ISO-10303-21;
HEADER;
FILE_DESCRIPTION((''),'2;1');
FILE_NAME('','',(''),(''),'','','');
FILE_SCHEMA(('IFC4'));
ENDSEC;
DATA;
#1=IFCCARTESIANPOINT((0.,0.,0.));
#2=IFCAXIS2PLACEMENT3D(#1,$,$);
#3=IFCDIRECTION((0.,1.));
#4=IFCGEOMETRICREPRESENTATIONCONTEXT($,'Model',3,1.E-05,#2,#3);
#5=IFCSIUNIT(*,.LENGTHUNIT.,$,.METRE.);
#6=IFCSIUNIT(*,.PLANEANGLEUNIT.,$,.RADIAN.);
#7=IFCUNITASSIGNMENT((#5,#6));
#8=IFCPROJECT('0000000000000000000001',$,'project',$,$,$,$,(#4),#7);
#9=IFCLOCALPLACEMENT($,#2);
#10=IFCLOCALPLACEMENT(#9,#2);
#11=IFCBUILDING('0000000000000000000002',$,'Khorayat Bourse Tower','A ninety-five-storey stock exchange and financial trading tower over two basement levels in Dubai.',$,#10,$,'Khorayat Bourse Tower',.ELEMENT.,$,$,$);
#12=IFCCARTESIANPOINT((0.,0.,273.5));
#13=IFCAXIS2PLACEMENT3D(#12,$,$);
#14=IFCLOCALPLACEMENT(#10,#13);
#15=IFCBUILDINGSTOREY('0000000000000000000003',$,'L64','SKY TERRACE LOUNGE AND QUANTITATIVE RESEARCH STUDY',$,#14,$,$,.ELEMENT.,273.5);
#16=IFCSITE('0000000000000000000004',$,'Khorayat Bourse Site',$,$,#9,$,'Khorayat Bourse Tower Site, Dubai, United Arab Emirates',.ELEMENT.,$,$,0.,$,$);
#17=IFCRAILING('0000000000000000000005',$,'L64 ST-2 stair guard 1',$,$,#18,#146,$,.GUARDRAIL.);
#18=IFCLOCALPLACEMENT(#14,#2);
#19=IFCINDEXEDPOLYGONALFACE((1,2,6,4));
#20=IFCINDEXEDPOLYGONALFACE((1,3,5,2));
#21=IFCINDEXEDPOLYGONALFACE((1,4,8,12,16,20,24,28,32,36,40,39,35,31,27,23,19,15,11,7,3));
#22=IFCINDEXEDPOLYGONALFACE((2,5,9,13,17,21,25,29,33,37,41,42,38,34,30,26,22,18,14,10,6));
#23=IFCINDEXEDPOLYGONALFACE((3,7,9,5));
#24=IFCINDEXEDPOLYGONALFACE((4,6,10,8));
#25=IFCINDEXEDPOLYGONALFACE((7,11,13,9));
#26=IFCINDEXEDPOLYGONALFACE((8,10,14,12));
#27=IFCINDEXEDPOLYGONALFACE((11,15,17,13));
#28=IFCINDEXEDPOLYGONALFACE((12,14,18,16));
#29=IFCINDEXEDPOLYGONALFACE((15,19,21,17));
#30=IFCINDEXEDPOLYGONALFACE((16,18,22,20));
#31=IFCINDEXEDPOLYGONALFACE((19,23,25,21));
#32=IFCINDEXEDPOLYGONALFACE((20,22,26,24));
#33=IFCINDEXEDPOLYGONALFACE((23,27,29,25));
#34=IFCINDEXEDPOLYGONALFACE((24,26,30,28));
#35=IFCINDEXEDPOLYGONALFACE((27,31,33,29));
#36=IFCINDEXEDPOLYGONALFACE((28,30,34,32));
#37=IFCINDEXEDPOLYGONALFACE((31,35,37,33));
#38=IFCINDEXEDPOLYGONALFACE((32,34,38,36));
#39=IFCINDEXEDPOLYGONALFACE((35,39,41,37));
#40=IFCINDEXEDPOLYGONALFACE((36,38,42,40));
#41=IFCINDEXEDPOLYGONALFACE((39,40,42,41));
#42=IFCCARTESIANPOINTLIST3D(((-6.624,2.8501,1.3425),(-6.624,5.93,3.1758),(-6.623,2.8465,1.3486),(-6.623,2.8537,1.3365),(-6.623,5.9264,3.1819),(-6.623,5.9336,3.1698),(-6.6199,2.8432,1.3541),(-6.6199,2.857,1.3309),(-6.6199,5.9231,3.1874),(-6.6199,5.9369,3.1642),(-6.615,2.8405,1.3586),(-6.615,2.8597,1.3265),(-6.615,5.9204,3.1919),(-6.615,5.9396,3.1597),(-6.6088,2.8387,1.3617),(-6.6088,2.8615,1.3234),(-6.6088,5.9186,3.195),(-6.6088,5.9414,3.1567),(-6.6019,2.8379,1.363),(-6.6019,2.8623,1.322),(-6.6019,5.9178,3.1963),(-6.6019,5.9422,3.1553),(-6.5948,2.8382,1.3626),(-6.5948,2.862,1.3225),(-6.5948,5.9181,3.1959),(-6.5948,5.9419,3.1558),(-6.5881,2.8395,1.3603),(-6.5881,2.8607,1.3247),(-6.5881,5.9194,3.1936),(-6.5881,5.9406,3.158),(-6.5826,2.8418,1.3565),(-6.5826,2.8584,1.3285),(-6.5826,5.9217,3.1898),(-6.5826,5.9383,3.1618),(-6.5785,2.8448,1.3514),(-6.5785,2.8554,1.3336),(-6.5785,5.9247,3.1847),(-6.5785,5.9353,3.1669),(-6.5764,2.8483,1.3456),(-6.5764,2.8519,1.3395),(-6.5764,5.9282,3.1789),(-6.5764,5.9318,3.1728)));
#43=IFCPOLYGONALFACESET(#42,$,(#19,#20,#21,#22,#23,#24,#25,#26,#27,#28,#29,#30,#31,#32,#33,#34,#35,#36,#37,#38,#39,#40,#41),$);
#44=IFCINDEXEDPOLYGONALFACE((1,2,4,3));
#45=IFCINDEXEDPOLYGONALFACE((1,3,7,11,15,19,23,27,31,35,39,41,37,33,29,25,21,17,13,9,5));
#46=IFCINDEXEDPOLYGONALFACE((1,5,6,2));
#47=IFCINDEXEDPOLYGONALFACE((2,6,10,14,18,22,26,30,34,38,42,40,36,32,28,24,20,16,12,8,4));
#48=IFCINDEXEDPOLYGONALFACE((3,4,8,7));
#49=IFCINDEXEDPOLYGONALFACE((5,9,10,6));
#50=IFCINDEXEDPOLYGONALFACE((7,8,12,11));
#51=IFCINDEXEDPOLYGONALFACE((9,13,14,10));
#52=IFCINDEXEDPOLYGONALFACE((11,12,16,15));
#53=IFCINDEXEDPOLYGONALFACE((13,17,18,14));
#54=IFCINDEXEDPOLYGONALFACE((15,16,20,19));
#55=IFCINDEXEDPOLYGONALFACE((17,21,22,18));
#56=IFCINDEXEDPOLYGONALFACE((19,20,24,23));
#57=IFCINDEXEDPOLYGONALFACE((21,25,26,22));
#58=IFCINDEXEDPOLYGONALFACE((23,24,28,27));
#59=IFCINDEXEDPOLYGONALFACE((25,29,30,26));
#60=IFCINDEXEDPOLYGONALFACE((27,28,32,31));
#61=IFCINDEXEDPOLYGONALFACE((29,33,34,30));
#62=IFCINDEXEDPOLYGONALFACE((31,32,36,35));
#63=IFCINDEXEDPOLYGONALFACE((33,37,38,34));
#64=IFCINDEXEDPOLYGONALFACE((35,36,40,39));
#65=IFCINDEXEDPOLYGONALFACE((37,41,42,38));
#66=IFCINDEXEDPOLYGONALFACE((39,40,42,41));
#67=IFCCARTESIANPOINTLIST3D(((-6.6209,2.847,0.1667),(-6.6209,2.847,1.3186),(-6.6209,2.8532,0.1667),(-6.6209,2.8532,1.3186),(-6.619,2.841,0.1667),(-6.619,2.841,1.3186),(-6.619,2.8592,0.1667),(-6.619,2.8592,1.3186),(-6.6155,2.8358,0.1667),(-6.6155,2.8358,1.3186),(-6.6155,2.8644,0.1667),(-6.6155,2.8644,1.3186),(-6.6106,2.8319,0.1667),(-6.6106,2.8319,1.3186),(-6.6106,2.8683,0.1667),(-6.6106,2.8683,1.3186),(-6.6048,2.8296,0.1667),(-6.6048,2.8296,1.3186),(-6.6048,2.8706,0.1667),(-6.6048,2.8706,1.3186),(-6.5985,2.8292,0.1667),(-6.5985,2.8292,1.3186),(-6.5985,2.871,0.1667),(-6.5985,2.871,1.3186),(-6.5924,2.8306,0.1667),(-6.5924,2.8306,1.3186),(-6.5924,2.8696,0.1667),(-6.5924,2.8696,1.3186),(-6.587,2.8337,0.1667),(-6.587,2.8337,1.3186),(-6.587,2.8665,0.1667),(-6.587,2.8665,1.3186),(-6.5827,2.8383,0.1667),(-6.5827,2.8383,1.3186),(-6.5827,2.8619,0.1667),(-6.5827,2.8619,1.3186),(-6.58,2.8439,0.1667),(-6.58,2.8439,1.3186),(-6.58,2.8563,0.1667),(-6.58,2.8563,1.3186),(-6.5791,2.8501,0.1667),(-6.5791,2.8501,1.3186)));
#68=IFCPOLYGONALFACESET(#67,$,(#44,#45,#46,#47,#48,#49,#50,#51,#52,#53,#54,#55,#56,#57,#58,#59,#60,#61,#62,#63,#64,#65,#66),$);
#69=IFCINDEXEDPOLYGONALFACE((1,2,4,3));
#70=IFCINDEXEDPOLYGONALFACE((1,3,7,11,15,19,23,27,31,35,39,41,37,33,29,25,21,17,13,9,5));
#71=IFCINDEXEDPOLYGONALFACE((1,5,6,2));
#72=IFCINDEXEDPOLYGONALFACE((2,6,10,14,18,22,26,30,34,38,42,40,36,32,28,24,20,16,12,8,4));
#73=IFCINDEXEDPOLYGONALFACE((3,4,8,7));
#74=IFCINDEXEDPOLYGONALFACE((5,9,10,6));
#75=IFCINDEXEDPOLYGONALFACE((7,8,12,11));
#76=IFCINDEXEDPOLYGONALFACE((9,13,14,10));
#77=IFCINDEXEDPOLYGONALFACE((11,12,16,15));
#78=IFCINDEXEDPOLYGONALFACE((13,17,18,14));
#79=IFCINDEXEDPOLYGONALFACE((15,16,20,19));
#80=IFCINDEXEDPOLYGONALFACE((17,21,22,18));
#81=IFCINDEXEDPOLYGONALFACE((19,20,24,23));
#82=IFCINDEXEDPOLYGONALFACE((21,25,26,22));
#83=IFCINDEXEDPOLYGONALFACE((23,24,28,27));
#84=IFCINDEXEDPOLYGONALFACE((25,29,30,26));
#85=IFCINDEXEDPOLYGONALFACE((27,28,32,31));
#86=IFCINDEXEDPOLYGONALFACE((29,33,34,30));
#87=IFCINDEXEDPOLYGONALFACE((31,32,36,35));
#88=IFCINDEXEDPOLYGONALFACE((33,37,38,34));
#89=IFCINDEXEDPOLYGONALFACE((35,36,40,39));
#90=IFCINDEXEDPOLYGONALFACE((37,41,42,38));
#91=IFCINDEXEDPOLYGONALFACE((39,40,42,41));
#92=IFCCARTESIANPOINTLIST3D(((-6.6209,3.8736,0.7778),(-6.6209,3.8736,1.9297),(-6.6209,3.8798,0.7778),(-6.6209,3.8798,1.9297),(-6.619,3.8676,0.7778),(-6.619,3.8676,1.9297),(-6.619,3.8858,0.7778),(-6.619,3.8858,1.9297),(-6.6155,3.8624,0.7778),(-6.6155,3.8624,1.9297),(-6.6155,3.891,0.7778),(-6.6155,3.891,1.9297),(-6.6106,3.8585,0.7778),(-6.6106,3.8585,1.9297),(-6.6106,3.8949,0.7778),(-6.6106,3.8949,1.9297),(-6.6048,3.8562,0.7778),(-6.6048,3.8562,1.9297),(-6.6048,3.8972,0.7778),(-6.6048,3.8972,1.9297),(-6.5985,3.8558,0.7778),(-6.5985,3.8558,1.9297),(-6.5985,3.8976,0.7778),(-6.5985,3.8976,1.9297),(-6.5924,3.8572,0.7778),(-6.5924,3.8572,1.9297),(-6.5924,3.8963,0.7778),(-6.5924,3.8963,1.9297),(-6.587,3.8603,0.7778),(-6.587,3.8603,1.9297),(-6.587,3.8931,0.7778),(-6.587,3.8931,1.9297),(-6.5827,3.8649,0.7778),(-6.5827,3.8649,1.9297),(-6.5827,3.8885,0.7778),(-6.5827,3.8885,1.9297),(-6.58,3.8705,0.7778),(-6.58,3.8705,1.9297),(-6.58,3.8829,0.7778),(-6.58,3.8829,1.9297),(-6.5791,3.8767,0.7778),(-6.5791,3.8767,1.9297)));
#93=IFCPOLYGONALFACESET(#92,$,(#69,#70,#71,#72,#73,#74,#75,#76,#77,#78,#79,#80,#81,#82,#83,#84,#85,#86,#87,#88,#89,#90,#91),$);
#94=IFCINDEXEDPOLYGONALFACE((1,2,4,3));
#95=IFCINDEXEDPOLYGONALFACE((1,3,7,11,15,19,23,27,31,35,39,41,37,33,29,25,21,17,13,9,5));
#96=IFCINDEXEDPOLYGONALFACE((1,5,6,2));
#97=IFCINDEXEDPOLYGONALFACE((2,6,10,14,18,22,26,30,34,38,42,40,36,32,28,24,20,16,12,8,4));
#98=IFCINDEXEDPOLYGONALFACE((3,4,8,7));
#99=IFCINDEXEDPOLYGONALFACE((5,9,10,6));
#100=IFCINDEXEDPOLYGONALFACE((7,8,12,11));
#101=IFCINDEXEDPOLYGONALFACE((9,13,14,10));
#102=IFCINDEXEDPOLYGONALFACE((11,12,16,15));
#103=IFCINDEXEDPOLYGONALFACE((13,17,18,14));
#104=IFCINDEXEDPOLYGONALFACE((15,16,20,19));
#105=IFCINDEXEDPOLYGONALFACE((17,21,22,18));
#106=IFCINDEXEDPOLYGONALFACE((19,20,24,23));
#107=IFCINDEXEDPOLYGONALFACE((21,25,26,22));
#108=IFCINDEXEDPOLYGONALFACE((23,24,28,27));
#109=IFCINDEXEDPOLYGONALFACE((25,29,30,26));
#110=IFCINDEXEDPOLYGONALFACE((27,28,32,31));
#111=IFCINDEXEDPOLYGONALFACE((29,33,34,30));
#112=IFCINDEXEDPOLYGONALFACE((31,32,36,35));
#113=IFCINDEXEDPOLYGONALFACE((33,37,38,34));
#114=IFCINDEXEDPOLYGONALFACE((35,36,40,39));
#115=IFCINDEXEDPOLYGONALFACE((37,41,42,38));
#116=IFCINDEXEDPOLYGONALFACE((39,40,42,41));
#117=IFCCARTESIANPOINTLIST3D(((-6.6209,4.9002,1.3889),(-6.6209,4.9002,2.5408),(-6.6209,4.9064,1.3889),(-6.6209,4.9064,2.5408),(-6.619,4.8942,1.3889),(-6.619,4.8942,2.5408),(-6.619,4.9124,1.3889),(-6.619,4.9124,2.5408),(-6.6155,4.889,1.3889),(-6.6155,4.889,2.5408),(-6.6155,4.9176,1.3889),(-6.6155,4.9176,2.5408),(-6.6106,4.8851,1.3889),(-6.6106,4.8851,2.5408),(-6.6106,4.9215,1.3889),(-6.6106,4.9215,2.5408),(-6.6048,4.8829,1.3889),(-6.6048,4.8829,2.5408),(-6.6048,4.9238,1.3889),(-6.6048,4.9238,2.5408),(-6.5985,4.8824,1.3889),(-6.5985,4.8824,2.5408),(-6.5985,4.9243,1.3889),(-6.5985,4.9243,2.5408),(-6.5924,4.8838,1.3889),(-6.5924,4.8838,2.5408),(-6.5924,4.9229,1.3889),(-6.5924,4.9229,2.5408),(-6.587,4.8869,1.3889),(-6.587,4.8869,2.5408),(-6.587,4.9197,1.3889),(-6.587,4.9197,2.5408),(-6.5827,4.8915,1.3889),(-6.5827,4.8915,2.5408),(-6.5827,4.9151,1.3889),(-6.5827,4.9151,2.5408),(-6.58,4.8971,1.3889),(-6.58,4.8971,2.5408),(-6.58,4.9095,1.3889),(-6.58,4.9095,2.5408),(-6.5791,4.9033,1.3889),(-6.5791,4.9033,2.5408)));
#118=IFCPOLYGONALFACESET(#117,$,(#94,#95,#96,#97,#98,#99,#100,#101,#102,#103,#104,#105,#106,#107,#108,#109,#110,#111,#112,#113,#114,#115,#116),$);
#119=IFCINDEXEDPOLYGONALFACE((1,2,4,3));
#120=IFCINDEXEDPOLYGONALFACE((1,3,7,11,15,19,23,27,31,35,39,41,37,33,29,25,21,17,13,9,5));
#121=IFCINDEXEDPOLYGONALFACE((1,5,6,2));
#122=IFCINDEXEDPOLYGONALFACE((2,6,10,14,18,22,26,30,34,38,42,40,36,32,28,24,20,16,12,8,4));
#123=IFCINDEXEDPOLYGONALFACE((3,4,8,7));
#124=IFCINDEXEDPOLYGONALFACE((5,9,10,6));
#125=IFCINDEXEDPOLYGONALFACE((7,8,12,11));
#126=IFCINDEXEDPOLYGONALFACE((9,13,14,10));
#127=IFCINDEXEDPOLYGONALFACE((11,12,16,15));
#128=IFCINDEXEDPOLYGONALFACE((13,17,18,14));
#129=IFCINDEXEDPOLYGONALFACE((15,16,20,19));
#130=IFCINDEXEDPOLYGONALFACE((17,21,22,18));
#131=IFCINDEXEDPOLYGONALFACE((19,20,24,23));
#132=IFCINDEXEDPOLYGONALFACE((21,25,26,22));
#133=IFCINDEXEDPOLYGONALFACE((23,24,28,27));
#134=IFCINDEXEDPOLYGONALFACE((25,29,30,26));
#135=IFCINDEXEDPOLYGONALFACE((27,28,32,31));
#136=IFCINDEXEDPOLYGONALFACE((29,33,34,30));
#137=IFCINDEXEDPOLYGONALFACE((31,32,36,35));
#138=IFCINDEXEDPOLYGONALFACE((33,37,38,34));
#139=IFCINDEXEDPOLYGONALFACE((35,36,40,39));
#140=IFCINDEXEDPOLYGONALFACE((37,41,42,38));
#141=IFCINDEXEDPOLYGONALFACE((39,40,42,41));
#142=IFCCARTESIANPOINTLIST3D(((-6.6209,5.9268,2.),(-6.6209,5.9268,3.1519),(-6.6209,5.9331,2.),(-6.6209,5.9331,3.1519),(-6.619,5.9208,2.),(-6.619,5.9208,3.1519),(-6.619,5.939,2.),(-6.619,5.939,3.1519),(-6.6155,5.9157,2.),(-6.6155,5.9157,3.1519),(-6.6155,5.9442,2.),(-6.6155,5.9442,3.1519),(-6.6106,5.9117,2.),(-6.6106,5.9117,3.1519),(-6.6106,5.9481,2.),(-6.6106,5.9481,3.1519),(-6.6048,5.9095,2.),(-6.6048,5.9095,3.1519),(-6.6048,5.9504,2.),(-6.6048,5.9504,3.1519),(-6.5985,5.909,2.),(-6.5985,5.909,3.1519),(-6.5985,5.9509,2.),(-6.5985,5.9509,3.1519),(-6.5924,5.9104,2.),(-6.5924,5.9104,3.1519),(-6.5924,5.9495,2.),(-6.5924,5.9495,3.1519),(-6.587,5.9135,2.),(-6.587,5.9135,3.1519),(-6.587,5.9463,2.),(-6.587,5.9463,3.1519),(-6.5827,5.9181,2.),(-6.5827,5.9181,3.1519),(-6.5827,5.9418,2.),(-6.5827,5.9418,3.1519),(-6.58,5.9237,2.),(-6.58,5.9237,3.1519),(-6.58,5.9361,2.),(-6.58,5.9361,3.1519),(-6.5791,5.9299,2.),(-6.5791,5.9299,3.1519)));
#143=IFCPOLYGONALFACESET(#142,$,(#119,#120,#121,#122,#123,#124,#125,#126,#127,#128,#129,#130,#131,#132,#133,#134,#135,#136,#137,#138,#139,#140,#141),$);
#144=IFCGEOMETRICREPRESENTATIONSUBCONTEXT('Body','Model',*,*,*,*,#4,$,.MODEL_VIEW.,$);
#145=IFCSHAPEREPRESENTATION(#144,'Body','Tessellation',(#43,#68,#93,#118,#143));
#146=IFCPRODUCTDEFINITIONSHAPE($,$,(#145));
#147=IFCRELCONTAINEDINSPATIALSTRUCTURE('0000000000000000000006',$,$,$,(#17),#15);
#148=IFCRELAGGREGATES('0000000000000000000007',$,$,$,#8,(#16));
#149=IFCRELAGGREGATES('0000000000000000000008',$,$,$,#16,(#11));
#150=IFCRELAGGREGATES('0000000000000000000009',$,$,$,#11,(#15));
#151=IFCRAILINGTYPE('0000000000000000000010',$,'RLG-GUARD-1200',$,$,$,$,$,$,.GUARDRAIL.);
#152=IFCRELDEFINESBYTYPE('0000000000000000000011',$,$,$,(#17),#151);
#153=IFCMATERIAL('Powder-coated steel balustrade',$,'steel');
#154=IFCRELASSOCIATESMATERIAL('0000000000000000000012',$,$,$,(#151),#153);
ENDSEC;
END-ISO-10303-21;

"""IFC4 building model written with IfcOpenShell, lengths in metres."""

from ifc_helpers import new_model, si_unit, direction, frame, origin, origin_2d, place, context, subcontext, project, spatial, circle, extrude, source, transform, mapped, material, type_object, element, save


model = new_model("IFC4")

# Units and contexts
model_context = context("Model", 3, precision=1e-05, world=origin(), true_north=direction((0.0, 1.0)))
body_context = subcontext(model_context, "Body", "Model", "MODEL_VIEW")
ifc_project = project(units=[si_unit("LENGTHUNIT", "METRE"), si_unit("PLANEANGLEUNIT", "RADIAN")], contexts=[model_context])

# Site, building, storey
site_placement = place(None, origin())
site = spatial("IfcSite", under=ifc_project, at=site_placement, Name="Khorayat Bourse Site", LongName="Khorayat Bourse Tower Site, Dubai, United Arab Emirates", CompositionType="ELEMENT", RefElevation=0.0)
building_placement = place(site_placement, origin())
building = spatial("IfcBuilding", under=site, at=building_placement, Name="Khorayat Bourse Tower", Description="A ninety-five-storey stock exchange and financial trading tower over two basement levels in Dubai.", LongName="Khorayat Bourse Tower", CompositionType="ELEMENT")
storey_placement = place(building_placement, frame((0.0, 0.0, 273.5)))
storey = spatial("IfcBuildingStorey", under=building, at=storey_placement, Name="L64", Description="SKY TERRACE LOUNGE AND QUANTITATIVE RESEARCH STUDY", CompositionType="ELEMENT", Elevation=273.5)

# Railing
ifc_material_1 = material(Name="Powder-coated steel balustrade", Category="steel")
railing_type_1 = type_object("IfcRailingType", Name="RLG-GUARD-1200", PredefinedType="GUARDRAIL", material=ifc_material_1)
shared_shape_1 = source(origin(), body_context, "Body", "SweptSolid", [
    extrude(circle(Radius=0.0239, at=origin_2d()), frame((0.0, 0.0, 1.1758), z_axis=(0.0, 0.859291, 0.511487), x_axis=(-1.0, 0.0, 0.0)), (0.0, 0.0, 1.0), 3.5842),
    extrude(circle(Radius=0.021, at=origin_2d()), origin(), (0.0, 0.0, 1.0), 1.1519),
    extrude(circle(Radius=0.021, at=origin_2d()), frame((0.0, 1.0266, 0.6111)), (0.0, 0.0, 1.0), 1.1519),
    extrude(circle(Radius=0.021, at=origin_2d()), frame((0.0, 2.0532, 1.2222)), (0.0, 0.0, 1.0), 1.1519),
    extrude(circle(Radius=0.021, at=origin_2d()), frame((0.0, 3.0798, 1.8333)), (0.0, 0.0, 1.0), 1.1519),
])
railing_1_placement = place(storey_placement, frame((-6.6001, 2.8501, 0.1667)))
element("IfcRailing", 1, at=railing_1_placement, inside=storey, type_object=railing_type_1, Name="L64 ST-2 stair guard 1", PredefinedType="GUARDRAIL", context=body_context, shape_type="MappedRepresentation", body=[
    mapped(shared_shape_1, transform((0.0, 0.0, 0.0), scale=1.0)),
])

save(model, "model.ifc")
